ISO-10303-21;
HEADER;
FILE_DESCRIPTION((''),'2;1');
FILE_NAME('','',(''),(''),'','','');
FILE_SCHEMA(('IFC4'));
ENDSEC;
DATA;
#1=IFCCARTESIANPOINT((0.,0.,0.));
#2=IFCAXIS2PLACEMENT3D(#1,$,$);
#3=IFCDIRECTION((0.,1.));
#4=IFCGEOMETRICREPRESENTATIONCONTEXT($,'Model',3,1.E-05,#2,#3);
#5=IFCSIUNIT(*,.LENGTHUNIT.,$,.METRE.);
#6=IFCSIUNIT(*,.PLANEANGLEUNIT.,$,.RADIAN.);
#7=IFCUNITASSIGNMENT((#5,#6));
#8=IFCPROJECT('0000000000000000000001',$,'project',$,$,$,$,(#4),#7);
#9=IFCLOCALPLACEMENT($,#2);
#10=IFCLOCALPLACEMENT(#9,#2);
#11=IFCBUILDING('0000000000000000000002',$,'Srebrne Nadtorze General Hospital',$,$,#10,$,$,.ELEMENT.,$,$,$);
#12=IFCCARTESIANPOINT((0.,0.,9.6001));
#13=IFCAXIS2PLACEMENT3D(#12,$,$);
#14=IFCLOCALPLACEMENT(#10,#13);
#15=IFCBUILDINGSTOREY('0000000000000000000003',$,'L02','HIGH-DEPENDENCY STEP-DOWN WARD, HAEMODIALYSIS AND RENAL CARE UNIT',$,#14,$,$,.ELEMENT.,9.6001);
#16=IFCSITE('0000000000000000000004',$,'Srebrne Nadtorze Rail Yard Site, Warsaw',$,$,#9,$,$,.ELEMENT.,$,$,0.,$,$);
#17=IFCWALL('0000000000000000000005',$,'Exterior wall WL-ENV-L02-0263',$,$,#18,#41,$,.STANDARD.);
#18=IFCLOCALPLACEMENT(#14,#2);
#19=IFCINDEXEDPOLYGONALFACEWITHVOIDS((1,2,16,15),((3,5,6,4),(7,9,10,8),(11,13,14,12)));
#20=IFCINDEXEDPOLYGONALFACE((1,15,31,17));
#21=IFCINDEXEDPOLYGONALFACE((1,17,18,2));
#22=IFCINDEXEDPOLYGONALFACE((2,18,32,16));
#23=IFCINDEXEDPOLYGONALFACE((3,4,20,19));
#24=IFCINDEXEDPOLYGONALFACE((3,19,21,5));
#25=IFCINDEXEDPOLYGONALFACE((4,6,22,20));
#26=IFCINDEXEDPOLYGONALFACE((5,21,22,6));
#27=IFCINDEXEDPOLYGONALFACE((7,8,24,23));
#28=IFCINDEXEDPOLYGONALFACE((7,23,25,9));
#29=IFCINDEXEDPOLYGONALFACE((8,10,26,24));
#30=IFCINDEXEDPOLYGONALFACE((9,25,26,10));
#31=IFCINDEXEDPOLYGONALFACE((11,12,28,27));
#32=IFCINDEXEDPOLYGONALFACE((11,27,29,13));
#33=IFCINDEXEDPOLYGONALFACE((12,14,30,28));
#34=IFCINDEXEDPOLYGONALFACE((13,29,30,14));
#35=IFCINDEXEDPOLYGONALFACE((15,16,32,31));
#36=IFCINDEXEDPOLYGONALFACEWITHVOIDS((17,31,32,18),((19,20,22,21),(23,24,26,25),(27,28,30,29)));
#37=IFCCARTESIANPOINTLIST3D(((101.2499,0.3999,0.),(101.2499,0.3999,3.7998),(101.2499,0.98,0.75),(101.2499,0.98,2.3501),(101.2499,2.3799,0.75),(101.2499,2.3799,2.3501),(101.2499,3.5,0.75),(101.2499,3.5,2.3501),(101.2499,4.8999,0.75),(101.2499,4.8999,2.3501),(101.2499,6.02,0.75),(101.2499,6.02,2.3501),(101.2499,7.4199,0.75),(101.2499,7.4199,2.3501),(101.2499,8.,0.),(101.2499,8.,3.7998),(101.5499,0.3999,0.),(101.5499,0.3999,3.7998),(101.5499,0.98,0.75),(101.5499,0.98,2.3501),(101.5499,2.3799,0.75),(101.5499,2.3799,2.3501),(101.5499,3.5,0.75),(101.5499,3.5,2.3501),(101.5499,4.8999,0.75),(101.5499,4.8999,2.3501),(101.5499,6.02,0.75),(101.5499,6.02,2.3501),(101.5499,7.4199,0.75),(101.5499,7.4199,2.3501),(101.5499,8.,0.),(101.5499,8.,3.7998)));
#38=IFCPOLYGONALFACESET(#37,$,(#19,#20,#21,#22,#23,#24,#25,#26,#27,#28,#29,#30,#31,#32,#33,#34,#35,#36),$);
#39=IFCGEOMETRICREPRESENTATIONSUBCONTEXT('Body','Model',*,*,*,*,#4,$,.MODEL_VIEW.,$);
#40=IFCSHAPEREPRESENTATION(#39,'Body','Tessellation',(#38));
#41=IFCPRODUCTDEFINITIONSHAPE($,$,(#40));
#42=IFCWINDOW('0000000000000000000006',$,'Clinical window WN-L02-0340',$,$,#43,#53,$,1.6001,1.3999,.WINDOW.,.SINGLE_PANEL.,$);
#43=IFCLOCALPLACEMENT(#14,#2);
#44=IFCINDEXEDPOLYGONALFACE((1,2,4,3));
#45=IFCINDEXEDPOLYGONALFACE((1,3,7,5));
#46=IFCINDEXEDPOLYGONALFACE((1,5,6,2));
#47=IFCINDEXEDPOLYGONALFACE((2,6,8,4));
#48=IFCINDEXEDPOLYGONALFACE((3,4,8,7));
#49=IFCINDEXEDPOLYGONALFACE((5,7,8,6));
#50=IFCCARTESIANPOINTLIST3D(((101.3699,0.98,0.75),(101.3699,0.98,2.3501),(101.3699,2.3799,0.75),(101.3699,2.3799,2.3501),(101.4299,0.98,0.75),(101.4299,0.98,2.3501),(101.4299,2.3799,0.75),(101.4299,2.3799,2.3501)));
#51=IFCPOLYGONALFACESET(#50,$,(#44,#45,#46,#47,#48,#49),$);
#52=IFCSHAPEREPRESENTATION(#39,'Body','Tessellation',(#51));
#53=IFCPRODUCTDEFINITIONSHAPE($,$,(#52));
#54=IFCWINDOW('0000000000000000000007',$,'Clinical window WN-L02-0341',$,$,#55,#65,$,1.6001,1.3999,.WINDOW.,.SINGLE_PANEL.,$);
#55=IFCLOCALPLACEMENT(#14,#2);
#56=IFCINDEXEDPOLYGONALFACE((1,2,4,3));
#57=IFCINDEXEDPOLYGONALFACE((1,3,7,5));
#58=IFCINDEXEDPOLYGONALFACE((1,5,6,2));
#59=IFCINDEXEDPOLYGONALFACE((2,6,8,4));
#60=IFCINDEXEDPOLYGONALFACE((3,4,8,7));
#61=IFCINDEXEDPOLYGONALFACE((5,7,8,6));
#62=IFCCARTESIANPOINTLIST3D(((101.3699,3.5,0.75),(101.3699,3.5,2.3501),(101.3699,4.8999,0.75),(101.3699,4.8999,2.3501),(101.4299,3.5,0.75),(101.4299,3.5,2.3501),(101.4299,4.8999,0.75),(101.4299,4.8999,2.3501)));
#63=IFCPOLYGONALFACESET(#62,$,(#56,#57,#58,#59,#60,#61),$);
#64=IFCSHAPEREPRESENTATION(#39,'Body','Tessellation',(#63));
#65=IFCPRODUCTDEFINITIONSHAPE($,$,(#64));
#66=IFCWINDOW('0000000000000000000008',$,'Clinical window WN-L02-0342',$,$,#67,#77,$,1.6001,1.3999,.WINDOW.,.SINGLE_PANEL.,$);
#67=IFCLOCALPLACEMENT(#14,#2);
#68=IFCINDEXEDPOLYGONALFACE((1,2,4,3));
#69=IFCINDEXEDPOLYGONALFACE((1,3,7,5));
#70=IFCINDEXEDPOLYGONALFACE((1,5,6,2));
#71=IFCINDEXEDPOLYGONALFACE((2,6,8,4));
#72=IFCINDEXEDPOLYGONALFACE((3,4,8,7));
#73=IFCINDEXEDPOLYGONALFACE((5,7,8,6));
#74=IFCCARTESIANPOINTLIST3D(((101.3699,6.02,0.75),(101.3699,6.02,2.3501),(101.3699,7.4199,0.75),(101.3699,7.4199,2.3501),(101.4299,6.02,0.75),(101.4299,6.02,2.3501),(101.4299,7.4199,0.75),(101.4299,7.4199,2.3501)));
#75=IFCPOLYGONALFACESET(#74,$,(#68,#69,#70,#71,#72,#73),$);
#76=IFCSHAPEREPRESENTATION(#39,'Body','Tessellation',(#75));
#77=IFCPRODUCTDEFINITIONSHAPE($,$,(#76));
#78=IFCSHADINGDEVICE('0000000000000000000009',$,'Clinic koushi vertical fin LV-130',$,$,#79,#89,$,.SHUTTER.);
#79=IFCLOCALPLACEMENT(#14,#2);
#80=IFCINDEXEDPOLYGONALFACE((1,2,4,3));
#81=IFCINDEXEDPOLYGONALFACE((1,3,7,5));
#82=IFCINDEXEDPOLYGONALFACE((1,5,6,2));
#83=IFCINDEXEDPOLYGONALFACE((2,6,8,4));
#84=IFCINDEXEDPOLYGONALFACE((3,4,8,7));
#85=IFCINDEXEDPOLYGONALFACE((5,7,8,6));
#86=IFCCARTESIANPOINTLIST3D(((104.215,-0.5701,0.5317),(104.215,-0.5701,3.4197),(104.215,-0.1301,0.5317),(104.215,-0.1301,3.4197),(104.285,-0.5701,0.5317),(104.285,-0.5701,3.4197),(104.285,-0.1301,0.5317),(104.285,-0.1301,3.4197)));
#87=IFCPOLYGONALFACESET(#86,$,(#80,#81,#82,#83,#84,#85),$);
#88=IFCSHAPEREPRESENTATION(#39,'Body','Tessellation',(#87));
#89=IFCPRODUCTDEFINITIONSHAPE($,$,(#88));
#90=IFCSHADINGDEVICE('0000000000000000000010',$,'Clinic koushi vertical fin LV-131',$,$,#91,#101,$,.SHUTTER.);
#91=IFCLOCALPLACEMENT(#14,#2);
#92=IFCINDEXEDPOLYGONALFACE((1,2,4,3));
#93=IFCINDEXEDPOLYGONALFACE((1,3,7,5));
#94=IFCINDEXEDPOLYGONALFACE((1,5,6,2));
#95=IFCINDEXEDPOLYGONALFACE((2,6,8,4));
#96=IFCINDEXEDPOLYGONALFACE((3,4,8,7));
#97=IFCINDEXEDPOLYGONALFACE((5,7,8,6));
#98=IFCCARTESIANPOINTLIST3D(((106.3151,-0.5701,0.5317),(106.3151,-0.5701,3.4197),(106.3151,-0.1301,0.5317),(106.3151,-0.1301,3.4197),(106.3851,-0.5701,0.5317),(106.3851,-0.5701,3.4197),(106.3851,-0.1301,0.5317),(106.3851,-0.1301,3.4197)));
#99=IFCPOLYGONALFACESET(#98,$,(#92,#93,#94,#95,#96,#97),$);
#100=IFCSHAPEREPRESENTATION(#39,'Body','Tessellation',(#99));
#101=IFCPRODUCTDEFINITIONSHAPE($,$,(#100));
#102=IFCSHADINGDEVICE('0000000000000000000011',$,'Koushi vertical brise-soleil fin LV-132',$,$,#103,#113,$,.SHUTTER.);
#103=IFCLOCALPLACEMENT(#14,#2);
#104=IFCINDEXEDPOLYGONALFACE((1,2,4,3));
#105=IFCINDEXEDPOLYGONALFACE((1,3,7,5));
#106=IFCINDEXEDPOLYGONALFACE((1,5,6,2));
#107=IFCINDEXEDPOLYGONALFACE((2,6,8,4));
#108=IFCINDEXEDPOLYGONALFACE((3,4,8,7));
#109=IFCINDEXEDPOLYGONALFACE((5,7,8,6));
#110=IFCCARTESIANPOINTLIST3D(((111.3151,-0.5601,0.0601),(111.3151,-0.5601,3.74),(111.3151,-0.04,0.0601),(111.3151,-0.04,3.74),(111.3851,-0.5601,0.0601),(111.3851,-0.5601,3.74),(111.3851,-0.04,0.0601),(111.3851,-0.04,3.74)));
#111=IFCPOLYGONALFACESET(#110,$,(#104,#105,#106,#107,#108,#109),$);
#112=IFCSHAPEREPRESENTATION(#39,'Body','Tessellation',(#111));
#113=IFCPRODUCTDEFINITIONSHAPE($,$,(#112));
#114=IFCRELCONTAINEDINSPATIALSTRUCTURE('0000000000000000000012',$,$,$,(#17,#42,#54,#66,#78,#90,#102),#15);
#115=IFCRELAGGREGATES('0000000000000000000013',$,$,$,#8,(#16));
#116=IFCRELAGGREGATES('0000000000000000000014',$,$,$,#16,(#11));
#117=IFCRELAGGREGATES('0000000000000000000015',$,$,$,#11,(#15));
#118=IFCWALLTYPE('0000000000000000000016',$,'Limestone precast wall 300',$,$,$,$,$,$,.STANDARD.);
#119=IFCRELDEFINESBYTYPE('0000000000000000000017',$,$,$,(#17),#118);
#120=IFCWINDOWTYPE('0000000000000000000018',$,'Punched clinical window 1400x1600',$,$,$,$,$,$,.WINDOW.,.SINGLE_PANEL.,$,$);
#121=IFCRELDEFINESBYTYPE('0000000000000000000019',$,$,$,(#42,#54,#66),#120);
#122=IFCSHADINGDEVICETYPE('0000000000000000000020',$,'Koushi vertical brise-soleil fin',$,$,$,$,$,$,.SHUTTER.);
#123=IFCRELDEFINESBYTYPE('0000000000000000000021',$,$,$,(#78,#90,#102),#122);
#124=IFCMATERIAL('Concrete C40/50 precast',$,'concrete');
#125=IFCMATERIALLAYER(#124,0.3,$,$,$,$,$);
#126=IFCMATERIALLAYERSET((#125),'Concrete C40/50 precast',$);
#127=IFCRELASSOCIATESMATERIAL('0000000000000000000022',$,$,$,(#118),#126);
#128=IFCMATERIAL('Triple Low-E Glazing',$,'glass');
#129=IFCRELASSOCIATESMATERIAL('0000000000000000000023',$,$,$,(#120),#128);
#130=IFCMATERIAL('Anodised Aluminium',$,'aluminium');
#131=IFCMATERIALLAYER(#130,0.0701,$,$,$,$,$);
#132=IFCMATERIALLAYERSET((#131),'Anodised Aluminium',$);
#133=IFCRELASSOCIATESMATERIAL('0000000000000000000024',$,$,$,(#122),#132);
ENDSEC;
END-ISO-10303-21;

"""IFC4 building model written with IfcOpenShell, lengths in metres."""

from ifc_helpers import new_model, si_unit, direction, frame, frame_2d, origin, origin_2d, place, context, subcontext, project, spatial, rectangle, extrude, material, layer, layer_set, type_object, element, fill, save


model = new_model("IFC4")

# Units and contexts
model_context = context("Model", 3, precision=1e-05, world=origin(), true_north=direction((0.0, 1.0)))
body_context = subcontext(model_context, "Body", "Model", "MODEL_VIEW")
ifc_project = project(units=[si_unit("LENGTHUNIT", "METRE"), si_unit("PLANEANGLEUNIT", "RADIAN")], contexts=[model_context])

# Site, building, storey
site_placement = place(None, origin())
site = spatial("IfcSite", under=ifc_project, at=site_placement, Name="Srebrne Nadtorze Rail Yard Site, Warsaw", CompositionType="ELEMENT", RefElevation=0.0)
building_placement = place(site_placement, origin())
building = spatial("IfcBuilding", under=site, at=building_placement, Name="Srebrne Nadtorze General Hospital", CompositionType="ELEMENT")
storey_placement = place(building_placement, frame((0.0, 0.0, 9.6001)))
storey = spatial("IfcBuildingStorey", under=building, at=storey_placement, Name="L02", Description="HIGH-DEPENDENCY STEP-DOWN WARD, HAEMODIALYSIS AND RENAL CARE UNIT", CompositionType="ELEMENT", Elevation=9.6001)

# Wall, openings, windows
ifc_material_1 = material(Name="Concrete C40/50 precast", Category="concrete")
ifc_layer_1 = layer(ifc_material_1, 0.3)
ifc_layer_set_1 = layer_set([ifc_layer_1], Name="Concrete C40/50 precast")
wall_type_1 = type_object("IfcWallType", Name="Limestone precast wall 300", PredefinedType="STANDARD", material=ifc_layer_set_1)
ifc_material_2 = material(Name="Triple Low-E Glazing", Category="glass")
window_type = type_object("IfcWindowType", Name="Punched clinical window 1400x1600", PartitioningType="SINGLE_PANEL", PredefinedType="WINDOW", material=ifc_material_2)
wall_1_placement = place(storey_placement, frame((101.3999, 0.3999, 0.0), z_axis=(0.0, 0.0, 1.0), x_axis=(0.0, 1.0, 0.0)))
wall_1 = element("IfcWall", 1, at=wall_1_placement, inside=storey, type_object=wall_type_1, Name="Exterior wall WL-ENV-L02-0263", PredefinedType="STANDARD", context=body_context, shape_type="SweptSolid", body=[
    extrude(rectangle(XDim=7.6001, YDim=0.3, at=frame_2d((3.8, 0.0))), origin(), (0.0, 0.0, 1.0), 3.7998),
])
opening_1_placement = place(wall_1_placement, frame((0.5801, 0.0, 0.75)))
opening_1 = element("IfcOpeningElement", 2, at=opening_1_placement, cuts=wall_1, PredefinedType="OPENING", context=body_context, shape_type="SweptSolid", body=[
    extrude(rectangle(XDim=1.3999, YDim=1.6001, at=frame_2d((0.7, 0.8))), frame((0.0, 0.1621, 0.0), z_axis=(0.0, -1.0, 0.0), x_axis=(1.0, 0.0, 0.0)), (0.0, 0.0, 1.0), 0.324),
])
opening_2_placement = place(wall_1_placement, frame((3.1001, 0.0, 0.75)))
opening_2 = element("IfcOpeningElement", 3, at=opening_2_placement, cuts=wall_1, PredefinedType="OPENING", context=body_context, shape_type="SweptSolid", body=[
    extrude(rectangle(XDim=1.3999, YDim=1.6001, at=frame_2d((0.7, 0.8))), frame((0.0, 0.1621, 0.0), z_axis=(0.0, -1.0, 0.0), x_axis=(1.0, 0.0, 0.0)), (0.0, 0.0, 1.0), 0.324),
])
opening_3_placement = place(wall_1_placement, frame((5.6201, 0.0, 0.75)))
opening_3 = element("IfcOpeningElement", 4, at=opening_3_placement, cuts=wall_1, PredefinedType="OPENING", context=body_context, shape_type="SweptSolid", body=[
    extrude(rectangle(XDim=1.3999, YDim=1.6001, at=frame_2d((0.7, 0.8))), frame((0.0, 0.1621, 0.0), z_axis=(0.0, -1.0, 0.0), x_axis=(1.0, 0.0, 0.0)), (0.0, 0.0, 1.0), 0.324),
])
window_1_placement = place(opening_1_placement, origin())
window_1 = element("IfcWindow", 5, at=window_1_placement, inside=storey, type_object=window_type, Name="Clinical window WN-L02-0340", OverallHeight=1.6001, OverallWidth=1.3999, PartitioningType="SINGLE_PANEL", PredefinedType="WINDOW", context=body_context, shape_type="SweptSolid", body=[
    extrude(rectangle(XDim=1.3999, YDim=1.6001, at=frame_2d((0.7, 0.8))), frame((0.0, 0.03, 0.0), z_axis=(0.0, -1.0, 0.0), x_axis=(1.0, 0.0, 0.0)), (0.0, 0.0, 1.0), 0.0601),
])
fill(opening_1, window_1)
window_2_placement = place(opening_2_placement, origin())
window_2 = element("IfcWindow", 6, at=window_2_placement, inside=storey, type_object=window_type, Name="Clinical window WN-L02-0341", OverallHeight=1.6001, OverallWidth=1.3999, PartitioningType="SINGLE_PANEL", PredefinedType="WINDOW", context=body_context, shape_type="SweptSolid", body=[
    extrude(rectangle(XDim=1.3999, YDim=1.6001, at=frame_2d((0.7, 0.8))), frame((0.0, 0.03, 0.0), z_axis=(0.0, -1.0, 0.0), x_axis=(1.0, 0.0, 0.0)), (0.0, 0.0, 1.0), 0.0601),
])
fill(opening_2, window_2)
window_3_placement = place(opening_3_placement, origin())
window_3 = element("IfcWindow", 7, at=window_3_placement, inside=storey, type_object=window_type, Name="Clinical window WN-L02-0342", OverallHeight=1.6001, OverallWidth=1.3999, PartitioningType="SINGLE_PANEL", PredefinedType="WINDOW", context=body_context, shape_type="SweptSolid", body=[
    extrude(rectangle(XDim=1.3999, YDim=1.6001, at=frame_2d((0.7, 0.8))), frame((0.0, 0.03, 0.0), z_axis=(0.0, -1.0, 0.0), x_axis=(1.0, 0.0, 0.0)), (0.0, 0.0, 1.0), 0.0601),
])
fill(opening_3, window_3)

# Shading devices
ifc_material_3 = material(Name="Anodised Aluminium", Category="aluminium")
ifc_layer_2 = layer(ifc_material_3, 0.0701)
ifc_layer_set_2 = layer_set([ifc_layer_2], Name="Anodised Aluminium")
shading_device_type = type_object("IfcShadingDeviceType", Name="Koushi vertical brise-soleil fin", PredefinedType="SHUTTER", material=ifc_layer_set_2)
for number, where, z_axis, x_axis, name in (
    (8, (104.25, -0.3501, 0.5317), (0.0, 0.0, 1.0), (1.0, 0.0, 0.0), "Clinic koushi vertical fin LV-130"),
    (9, (106.3501, -0.3501, 0.5317), (0.0, 0.0, 1.0), (1.0, 0.0, 0.0), "Clinic koushi vertical fin LV-131"),
):
    element("IfcShadingDevice", number, at=place(storey_placement, frame(where, z_axis=z_axis, x_axis=x_axis)), inside=storey, type_object=shading_device_type, Name=name, PredefinedType="SHUTTER", context=body_context, shape_type="SweptSolid", body=[
        extrude(rectangle(XDim=0.0701, YDim=0.4399, at=origin_2d()), origin(), (0.0, 0.0, 1.0), 2.8879),
    ])
shading_device_placement = place(storey_placement, frame((111.3501, -0.3, 0.0601), z_axis=(0.0, 0.0, 1.0), x_axis=(1.0, 0.0, 0.0)))
element("IfcShadingDevice", 10, at=shading_device_placement, inside=storey, type_object=shading_device_type, Name="Koushi vertical brise-soleil fin LV-132", PredefinedType="SHUTTER", context=body_context, shape_type="SweptSolid", body=[
    extrude(rectangle(XDim=0.0701, YDim=0.52, at=origin_2d()), origin(), (0.0, 0.0, 1.0), 3.6799),
])

save(model, "model.ifc")
